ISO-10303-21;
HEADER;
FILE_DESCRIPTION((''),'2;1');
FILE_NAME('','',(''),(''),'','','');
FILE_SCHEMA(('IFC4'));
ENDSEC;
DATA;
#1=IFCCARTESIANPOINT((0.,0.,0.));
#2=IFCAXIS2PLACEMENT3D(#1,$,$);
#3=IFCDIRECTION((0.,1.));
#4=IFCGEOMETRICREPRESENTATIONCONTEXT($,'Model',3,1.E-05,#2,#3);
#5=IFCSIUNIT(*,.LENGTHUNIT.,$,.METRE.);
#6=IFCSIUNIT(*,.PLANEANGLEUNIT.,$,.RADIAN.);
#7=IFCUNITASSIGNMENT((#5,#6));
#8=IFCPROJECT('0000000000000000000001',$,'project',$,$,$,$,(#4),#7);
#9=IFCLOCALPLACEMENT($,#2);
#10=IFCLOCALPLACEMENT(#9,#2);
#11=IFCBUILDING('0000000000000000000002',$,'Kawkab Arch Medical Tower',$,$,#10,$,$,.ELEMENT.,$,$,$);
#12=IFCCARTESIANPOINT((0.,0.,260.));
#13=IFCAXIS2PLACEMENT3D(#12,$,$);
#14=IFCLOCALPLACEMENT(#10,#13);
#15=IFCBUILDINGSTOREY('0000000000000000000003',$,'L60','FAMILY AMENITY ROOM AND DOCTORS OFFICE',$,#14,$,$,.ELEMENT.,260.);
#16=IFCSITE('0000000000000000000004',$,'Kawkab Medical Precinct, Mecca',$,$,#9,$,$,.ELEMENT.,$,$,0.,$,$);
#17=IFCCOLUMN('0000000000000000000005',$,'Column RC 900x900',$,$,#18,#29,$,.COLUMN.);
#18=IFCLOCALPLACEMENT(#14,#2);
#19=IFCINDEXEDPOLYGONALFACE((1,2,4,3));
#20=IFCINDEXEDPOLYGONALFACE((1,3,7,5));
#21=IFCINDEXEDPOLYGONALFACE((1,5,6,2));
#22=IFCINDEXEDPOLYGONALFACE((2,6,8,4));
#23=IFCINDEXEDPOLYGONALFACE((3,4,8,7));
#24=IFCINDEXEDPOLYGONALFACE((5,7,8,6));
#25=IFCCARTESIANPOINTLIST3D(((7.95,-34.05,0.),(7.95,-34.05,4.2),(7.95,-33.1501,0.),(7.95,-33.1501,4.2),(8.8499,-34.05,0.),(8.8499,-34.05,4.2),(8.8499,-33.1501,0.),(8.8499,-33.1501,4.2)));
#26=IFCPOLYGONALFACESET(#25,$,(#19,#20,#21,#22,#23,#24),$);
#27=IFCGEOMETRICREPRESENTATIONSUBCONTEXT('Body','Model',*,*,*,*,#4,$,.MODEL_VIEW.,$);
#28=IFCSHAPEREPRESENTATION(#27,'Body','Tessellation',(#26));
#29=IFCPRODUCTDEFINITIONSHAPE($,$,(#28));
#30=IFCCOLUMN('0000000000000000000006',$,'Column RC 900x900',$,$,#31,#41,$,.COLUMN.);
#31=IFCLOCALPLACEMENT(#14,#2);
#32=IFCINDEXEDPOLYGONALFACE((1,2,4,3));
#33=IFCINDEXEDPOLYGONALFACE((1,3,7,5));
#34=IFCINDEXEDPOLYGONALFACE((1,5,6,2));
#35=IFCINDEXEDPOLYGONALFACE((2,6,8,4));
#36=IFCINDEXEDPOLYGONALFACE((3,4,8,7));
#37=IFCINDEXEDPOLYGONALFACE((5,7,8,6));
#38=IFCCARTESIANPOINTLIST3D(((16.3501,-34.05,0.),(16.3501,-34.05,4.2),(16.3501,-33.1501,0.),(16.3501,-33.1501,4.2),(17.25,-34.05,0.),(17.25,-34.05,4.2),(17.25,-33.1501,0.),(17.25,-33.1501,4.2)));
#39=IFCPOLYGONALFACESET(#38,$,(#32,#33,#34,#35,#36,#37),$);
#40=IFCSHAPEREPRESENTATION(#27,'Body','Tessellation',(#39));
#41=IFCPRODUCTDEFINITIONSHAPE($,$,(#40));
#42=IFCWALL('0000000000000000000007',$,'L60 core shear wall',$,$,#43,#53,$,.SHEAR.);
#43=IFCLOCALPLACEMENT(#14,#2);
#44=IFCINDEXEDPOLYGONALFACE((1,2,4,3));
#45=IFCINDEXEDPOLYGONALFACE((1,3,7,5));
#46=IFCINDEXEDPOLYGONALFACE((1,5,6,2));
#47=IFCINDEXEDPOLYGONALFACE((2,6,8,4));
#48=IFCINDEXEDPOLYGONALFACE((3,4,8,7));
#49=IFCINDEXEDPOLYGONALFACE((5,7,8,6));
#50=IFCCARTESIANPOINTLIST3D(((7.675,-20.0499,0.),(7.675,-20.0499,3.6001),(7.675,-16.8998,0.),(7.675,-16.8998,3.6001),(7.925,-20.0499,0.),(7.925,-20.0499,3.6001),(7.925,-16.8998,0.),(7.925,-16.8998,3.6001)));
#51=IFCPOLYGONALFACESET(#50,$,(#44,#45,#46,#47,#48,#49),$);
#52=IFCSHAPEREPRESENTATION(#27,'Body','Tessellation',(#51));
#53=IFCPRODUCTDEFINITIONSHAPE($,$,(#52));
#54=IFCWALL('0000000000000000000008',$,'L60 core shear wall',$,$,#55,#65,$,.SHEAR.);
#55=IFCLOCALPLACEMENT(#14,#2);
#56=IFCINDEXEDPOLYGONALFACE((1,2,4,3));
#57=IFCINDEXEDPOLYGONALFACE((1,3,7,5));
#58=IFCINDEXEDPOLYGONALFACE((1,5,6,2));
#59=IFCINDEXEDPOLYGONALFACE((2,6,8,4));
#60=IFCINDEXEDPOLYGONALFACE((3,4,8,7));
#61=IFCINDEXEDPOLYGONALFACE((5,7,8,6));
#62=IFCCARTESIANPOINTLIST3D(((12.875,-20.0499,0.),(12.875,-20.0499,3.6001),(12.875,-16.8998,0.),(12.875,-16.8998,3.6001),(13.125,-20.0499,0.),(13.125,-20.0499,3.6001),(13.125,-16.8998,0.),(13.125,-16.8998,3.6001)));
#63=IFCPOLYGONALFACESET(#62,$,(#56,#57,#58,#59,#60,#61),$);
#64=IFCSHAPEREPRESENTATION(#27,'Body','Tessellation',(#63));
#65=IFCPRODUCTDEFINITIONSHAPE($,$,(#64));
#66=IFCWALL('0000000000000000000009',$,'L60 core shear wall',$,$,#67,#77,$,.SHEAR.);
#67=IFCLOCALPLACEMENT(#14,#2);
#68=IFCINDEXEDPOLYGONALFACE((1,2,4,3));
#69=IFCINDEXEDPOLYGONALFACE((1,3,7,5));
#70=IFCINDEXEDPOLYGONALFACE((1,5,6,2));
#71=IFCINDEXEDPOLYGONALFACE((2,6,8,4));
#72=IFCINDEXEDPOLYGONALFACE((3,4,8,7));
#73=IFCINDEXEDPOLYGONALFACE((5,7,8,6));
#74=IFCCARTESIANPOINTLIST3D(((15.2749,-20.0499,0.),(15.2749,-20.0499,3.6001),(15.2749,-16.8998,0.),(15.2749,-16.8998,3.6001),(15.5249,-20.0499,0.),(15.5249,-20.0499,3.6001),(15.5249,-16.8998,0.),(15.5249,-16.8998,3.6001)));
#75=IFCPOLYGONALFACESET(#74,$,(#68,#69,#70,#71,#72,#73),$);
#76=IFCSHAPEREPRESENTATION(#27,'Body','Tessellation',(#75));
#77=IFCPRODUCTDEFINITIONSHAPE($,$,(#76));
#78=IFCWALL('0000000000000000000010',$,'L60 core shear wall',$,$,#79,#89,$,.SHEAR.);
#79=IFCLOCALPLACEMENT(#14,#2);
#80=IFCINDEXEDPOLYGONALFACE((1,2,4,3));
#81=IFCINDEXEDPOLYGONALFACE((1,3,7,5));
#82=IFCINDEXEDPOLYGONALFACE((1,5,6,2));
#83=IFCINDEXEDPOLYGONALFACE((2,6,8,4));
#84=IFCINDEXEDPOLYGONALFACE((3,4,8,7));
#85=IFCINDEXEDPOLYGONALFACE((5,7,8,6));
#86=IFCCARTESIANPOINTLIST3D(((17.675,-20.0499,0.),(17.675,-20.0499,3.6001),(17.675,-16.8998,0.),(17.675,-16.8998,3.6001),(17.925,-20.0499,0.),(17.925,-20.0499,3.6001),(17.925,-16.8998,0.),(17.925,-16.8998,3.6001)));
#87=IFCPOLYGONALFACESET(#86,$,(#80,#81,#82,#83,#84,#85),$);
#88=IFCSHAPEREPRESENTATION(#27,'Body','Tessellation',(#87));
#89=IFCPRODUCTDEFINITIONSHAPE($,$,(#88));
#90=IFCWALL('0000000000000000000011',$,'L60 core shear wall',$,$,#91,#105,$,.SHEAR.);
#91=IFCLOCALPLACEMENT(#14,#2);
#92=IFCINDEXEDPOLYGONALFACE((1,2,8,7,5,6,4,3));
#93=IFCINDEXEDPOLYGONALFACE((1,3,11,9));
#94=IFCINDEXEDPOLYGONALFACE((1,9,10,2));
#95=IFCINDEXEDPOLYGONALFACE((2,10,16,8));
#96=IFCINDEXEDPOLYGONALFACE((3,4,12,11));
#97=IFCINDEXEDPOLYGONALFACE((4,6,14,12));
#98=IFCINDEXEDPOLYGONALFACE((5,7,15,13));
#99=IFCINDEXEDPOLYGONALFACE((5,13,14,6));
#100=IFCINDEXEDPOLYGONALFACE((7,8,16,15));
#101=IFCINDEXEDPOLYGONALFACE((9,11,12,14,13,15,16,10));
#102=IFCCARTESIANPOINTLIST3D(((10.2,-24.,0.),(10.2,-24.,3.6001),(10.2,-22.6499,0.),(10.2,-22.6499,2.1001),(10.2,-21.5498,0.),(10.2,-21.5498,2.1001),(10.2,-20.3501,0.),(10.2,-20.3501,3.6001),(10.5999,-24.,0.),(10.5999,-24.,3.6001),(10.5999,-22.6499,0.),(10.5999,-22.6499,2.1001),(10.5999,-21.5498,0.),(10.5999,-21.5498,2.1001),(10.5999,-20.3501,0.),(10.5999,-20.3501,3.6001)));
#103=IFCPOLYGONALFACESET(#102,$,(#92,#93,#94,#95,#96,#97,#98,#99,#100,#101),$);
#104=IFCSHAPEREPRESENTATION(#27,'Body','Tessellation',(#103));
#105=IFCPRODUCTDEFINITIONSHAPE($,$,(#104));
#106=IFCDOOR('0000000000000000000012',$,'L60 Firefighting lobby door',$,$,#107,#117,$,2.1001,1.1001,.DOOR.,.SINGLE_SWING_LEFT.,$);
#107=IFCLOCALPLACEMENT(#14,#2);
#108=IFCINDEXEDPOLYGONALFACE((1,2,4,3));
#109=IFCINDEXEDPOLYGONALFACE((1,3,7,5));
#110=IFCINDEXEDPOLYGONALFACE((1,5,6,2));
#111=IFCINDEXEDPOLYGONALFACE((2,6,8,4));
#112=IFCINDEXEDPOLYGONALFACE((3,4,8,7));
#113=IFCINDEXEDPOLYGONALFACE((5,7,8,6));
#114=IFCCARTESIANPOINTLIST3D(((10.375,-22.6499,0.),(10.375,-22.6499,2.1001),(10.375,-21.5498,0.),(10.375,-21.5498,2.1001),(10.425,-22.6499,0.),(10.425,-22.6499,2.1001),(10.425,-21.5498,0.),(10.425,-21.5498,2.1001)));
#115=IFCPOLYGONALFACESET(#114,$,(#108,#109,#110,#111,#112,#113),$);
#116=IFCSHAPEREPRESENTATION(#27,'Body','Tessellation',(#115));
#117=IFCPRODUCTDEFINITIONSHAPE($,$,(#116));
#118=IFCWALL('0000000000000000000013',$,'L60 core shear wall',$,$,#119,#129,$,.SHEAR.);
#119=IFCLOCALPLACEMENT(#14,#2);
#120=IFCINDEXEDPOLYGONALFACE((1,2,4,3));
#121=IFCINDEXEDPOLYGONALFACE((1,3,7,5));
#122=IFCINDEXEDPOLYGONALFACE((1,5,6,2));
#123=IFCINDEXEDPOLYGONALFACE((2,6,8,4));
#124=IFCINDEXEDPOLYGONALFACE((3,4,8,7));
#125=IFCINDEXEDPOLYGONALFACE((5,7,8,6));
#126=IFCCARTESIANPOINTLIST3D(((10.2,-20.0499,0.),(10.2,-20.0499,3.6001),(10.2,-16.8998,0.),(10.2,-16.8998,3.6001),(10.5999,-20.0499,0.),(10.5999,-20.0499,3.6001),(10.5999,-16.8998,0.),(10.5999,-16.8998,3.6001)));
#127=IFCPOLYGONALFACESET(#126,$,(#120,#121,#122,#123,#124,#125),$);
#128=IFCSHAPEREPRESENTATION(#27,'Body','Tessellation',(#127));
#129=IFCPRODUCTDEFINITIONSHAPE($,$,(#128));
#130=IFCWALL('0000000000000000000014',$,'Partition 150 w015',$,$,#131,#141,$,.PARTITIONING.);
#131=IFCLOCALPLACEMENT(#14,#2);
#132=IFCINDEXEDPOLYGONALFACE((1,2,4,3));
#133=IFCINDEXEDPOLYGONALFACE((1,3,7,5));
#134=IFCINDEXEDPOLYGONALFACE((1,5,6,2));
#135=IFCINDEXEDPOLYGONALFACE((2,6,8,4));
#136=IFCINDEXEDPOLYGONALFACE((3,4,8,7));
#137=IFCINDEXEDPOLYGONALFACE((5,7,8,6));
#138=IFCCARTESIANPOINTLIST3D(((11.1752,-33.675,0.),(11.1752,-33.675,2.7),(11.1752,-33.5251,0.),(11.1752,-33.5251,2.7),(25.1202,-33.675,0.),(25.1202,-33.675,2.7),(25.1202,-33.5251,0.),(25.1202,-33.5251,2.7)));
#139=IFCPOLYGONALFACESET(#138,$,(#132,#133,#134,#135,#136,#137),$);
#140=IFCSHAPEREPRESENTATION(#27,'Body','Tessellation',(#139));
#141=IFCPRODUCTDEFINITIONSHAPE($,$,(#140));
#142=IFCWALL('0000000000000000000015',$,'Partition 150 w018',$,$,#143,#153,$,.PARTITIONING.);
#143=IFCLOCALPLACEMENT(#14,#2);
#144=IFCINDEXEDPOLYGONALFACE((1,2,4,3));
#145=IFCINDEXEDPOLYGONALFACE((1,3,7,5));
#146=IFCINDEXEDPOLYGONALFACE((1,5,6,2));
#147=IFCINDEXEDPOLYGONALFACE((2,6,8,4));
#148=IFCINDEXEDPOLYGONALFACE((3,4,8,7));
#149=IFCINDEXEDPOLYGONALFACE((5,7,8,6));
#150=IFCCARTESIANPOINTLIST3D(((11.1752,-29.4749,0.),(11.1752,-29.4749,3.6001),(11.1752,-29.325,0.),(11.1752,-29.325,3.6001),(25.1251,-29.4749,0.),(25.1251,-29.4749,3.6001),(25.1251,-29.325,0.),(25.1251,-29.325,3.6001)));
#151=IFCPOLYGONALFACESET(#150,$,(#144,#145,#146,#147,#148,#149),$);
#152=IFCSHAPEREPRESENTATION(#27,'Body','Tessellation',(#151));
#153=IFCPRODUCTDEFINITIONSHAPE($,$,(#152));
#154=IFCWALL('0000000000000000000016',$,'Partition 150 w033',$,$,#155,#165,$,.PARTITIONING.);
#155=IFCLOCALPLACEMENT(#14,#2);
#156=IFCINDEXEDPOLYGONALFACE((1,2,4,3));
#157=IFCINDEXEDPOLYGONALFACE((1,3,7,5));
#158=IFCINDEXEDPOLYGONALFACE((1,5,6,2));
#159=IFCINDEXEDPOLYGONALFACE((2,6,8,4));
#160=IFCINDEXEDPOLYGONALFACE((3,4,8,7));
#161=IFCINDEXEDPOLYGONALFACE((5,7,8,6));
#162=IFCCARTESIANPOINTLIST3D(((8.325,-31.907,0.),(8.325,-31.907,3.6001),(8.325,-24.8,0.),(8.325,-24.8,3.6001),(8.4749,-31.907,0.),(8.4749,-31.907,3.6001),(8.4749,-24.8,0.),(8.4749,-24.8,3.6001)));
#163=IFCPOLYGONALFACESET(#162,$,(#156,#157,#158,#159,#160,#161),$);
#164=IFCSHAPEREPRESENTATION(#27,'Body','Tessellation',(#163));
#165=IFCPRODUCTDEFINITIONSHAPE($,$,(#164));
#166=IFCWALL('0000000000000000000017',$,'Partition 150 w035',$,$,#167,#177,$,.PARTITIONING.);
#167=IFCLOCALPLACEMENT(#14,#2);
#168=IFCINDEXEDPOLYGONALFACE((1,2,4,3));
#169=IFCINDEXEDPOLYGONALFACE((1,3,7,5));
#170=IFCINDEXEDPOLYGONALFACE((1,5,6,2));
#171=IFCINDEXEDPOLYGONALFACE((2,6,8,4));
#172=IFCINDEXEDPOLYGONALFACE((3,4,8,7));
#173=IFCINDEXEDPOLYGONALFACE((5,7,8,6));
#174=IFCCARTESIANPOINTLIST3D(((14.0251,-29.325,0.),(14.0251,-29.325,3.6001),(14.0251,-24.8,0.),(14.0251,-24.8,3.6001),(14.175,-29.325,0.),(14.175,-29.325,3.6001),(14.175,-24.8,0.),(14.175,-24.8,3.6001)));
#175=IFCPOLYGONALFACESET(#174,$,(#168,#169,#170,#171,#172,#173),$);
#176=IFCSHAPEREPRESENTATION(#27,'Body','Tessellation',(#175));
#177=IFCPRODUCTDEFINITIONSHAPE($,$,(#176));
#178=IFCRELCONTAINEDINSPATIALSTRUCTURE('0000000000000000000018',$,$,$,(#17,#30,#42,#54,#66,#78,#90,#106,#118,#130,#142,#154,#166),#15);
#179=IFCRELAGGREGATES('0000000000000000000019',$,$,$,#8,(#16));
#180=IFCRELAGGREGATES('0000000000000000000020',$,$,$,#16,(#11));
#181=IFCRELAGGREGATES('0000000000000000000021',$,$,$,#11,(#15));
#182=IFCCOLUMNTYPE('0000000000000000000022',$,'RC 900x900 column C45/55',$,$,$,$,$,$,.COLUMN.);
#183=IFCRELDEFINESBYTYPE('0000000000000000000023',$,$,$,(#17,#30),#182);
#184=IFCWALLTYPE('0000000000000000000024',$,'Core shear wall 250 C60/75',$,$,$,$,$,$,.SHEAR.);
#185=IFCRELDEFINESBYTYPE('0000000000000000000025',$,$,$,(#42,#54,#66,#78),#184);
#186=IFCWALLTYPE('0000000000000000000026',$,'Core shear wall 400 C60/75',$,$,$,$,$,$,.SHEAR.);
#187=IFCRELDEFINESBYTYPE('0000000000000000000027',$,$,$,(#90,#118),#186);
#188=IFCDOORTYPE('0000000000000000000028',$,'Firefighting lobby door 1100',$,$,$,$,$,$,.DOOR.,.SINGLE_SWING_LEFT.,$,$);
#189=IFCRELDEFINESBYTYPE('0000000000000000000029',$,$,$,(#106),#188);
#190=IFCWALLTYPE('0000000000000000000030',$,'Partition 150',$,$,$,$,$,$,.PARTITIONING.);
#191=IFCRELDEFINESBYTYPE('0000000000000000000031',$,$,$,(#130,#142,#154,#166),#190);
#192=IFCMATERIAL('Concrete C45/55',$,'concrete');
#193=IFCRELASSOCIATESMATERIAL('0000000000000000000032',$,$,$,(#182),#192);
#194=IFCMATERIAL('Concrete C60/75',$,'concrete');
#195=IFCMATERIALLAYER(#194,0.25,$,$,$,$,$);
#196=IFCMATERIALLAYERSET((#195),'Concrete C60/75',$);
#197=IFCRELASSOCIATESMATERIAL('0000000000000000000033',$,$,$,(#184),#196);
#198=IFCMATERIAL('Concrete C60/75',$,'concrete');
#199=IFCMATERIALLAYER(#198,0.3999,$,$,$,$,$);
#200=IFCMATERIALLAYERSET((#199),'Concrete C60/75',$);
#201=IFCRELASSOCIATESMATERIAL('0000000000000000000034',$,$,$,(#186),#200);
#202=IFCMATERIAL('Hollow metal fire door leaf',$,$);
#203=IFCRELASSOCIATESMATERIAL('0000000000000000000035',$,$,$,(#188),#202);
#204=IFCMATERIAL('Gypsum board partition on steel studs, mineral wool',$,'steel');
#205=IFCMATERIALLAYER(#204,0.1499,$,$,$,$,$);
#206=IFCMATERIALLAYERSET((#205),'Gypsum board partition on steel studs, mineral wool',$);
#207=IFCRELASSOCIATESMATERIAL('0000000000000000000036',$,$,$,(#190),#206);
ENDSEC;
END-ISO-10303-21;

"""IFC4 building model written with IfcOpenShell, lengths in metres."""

from ifc_helpers import new_model, si_unit, direction, frame, frame_2d, origin, origin_2d, place, context, subcontext, project, spatial, rectangle, extrude, material, layer, layer_set, material_profile, profile_set, type_object, element, fill, save


model = new_model("IFC4")

# Units and contexts
model_context = context("Model", 3, precision=1e-05, world=origin(), true_north=direction((0.0, 1.0)))
body_context = subcontext(model_context, "Body", "Model", "MODEL_VIEW")
ifc_project = project(units=[si_unit("LENGTHUNIT", "METRE"), si_unit("PLANEANGLEUNIT", "RADIAN")], contexts=[model_context])

# Site, building, storey
site_placement = place(None, origin())
site = spatial("IfcSite", under=ifc_project, at=site_placement, Name="Kawkab Medical Precinct, Mecca", CompositionType="ELEMENT", RefElevation=0.0)
building_placement = place(site_placement, origin())
building = spatial("IfcBuilding", under=site, at=building_placement, Name="Kawkab Arch Medical Tower", CompositionType="ELEMENT")
storey_placement = place(building_placement, frame((0.0, 0.0, 260.0)))
storey = spatial("IfcBuildingStorey", under=building, at=storey_placement, Name="L60", Description="FAMILY AMENITY ROOM AND DOCTORS OFFICE", CompositionType="ELEMENT", Elevation=260.0)

# Columns
ifc_material_1 = material(Name="Concrete C45/55", Category="concrete")
ifc_material_profile = material_profile(ifc_material_1, rectangle(XDim=0.8999, YDim=0.8999, at=origin_2d()), Name="RC 900x900")
ifc_profile_set = profile_set([ifc_material_profile], Name="Concrete C45/55")
column_type = type_object("IfcColumnType", Name="RC 900x900 column C45/55", PredefinedType="COLUMN", material=ifc_profile_set)
for number, where, z_axis, x_axis, name in (
    (1, (8.3999, -33.6001, 0.0), (0.0, 0.0, 1.0), (1.0, 0.0, 0.0), "Column RC 900x900"),
    (2, (16.8, -33.6001, 0.0), (0.0, 0.0, 1.0), (1.0, 0.0, 0.0), "Column RC 900x900"),
):
    element("IfcColumn", number, at=place(storey_placement, frame(where, z_axis=z_axis, x_axis=x_axis)), inside=storey, type_object=column_type, Name=name, PredefinedType="COLUMN", context=body_context, shape_type="SweptSolid", body=[
        extrude(rectangle(XDim=0.8999, YDim=0.8999, at=origin_2d()), origin(), (0.0, 0.0, 1.0), 4.2),
    ])

# Walls
ifc_material_2 = material(Name="Concrete C60/75", Category="concrete")
ifc_layer_1 = layer(ifc_material_2, 0.25)
ifc_layer_set_1 = layer_set([ifc_layer_1], Name="Concrete C60/75")
wall_type_1 = type_object("IfcWallType", Name="Core shear wall 250 C60/75", PredefinedType="SHEAR", material=ifc_layer_set_1)
for number, where, z_axis, x_axis, name in (
    (3, (7.8, -20.05, 0.0), (0.0, 0.0, 1.0), (0.0, 1.0, 0.0), "L60 core shear wall"),
    (4, (13.0, -20.05, 0.0), (0.0, 0.0, 1.0), (0.0, 1.0, 0.0), "L60 core shear wall"),
    (5, (15.3999, -20.05, 0.0), (0.0, 0.0, 1.0), (0.0, 1.0, 0.0), "L60 core shear wall"),
    (6, (17.8, -20.05, 0.0), (0.0, 0.0, 1.0), (0.0, 1.0, 0.0), "L60 core shear wall"),
):
    element("IfcWall", number, at=place(storey_placement, frame(where, z_axis=z_axis, x_axis=x_axis)), inside=storey, type_object=wall_type_1, Name=name, PredefinedType="SHEAR", context=body_context, shape_type="SweptSolid", body=[
        extrude(rectangle(XDim=3.1501, YDim=0.25, at=frame_2d((1.5752, 0.0))), origin(), (0.0, 0.0, 1.0), 3.6001),
    ])

# Wall, opening, door
ifc_material_3 = material(Name="Concrete C60/75", Category="concrete")
ifc_layer_2 = layer(ifc_material_3, 0.3999)
ifc_layer_set_2 = layer_set([ifc_layer_2], Name="Concrete C60/75")
wall_type_2 = type_object("IfcWallType", Name="Core shear wall 400 C60/75", PredefinedType="SHEAR", material=ifc_layer_set_2)
wall_1_placement = place(storey_placement, frame((10.3999, -24.0, 0.0), z_axis=(0.0, 0.0, 1.0), x_axis=(0.0, 1.0, 0.0)))
wall_1 = element("IfcWall", 7, at=wall_1_placement, inside=storey, type_object=wall_type_2, Name="L60 core shear wall", PredefinedType="SHEAR", context=body_context, shape_type="SweptSolid", body=[
    extrude(rectangle(XDim=3.6499, YDim=0.3999, at=frame_2d((1.825, 0.0))), origin(), (0.0, 0.0, 1.0), 3.6001),
])
opening_placement = place(wall_1_placement, frame((1.3501, 0.0, 0.0)))
opening = element("IfcOpeningElement", 8, at=opening_placement, cuts=wall_1, PredefinedType="OPENING", context=body_context, shape_type="SweptSolid", body=[
    extrude(rectangle(XDim=1.1001, YDim=2.1001, at=frame_2d((0.55, 1.05))), frame((0.0, 0.21, 0.0), z_axis=(0.0, -1.0, 0.0), x_axis=(1.0, 0.0, 0.0)), (0.0, 0.0, 1.0), 0.4199),
])
ifc_material_4 = material(Name="Hollow metal fire door leaf")
door_type = type_object("IfcDoorType", Name="Firefighting lobby door 1100", OperationType="SINGLE_SWING_LEFT", PredefinedType="DOOR", material=ifc_material_4)
door_placement = place(opening_placement, origin())
door = element("IfcDoor", 9, at=door_placement, inside=storey, type_object=door_type, Name="L60 Firefighting lobby door", OperationType="SINGLE_SWING_LEFT", OverallHeight=2.1001, OverallWidth=1.1001, PredefinedType="DOOR", context=body_context, shape_type="SweptSolid", body=[
    extrude(rectangle(XDim=1.1001, YDim=2.1001, at=frame_2d((0.55, 1.05))), frame((0.0, 0.0249, 0.0), z_axis=(0.0, -1.0, 0.0), x_axis=(1.0, 0.0, 0.0)), (0.0, 0.0, 1.0), 0.05),
])
fill(opening, door)

# Walls
wall_2_placement = place(storey_placement, frame((10.3999, -20.05, 0.0), z_axis=(0.0, 0.0, 1.0), x_axis=(0.0, 1.0, 0.0)))
element("IfcWall", 10, at=wall_2_placement, inside=storey, type_object=wall_type_2, Name="L60 core shear wall", PredefinedType="SHEAR", context=body_context, shape_type="SweptSolid", body=[
    extrude(rectangle(XDim=3.1501, YDim=0.3999, at=frame_2d((1.5752, 0.0))), origin(), (0.0, 0.0, 1.0), 3.6001),
])
ifc_material_5 = material(Name="Gypsum board partition on steel studs, mineral wool", Category="steel")
ifc_layer_3 = layer(ifc_material_5, 0.1499)
ifc_layer_set_3 = layer_set([ifc_layer_3], Name="Gypsum board partition on steel studs, mineral wool")
wall_type_3 = type_object("IfcWallType", Name="Partition 150", PredefinedType="PARTITIONING", material=ifc_layer_set_3)
wall_3_placement = place(storey_placement, frame((11.175, -33.6001, 0.0), z_axis=(0.0, 0.0, 1.0), x_axis=(1.0, 0.0, 0.0)))
element("IfcWall", 11, at=wall_3_placement, inside=storey, type_object=wall_type_3, Name="Partition 150 w015", PredefinedType="PARTITIONING", context=body_context, shape_type="SweptSolid", body=[
    extrude(rectangle(XDim=13.9451, YDim=0.1499, at=frame_2d((6.9727, 0.0))), origin(), (0.0, 0.0, 1.0), 2.7),
])
wall_4_placement = place(storey_placement, frame((11.175, -29.3999, 0.0), z_axis=(0.0, 0.0, 1.0), x_axis=(1.0, 0.0, 0.0)))
element("IfcWall", 12, at=wall_4_placement, inside=storey, type_object=wall_type_3, Name="Partition 150 w018", PredefinedType="PARTITIONING", context=body_context, shape_type="SweptSolid", body=[
    extrude(rectangle(XDim=13.95, YDim=0.1499, at=frame_2d((6.9751, 0.0))), origin(), (0.0, 0.0, 1.0), 3.6001),
])
wall_5_placement = place(storey_placement, frame((8.3999, -31.907, 0.0), z_axis=(0.0, 0.0, 1.0), x_axis=(0.0, 1.0, 0.0)))
element("IfcWall", 13, at=wall_5_placement, inside=storey, type_object=wall_type_3, Name="Partition 150 w033", PredefinedType="PARTITIONING", context=body_context, shape_type="SweptSolid", body=[
    extrude(rectangle(XDim=7.1069, YDim=0.1499, at=frame_2d((3.5535, 0.0))), origin(), (0.0, 0.0, 1.0), 3.6001),
])
wall_6_placement = place(storey_placement, frame((14.1001, -29.325, 0.0), z_axis=(0.0, 0.0, 1.0), x_axis=(0.0, 1.0, 0.0)))
element("IfcWall", 14, at=wall_6_placement, inside=storey, type_object=wall_type_3, Name="Partition 150 w035", PredefinedType="PARTITIONING", context=body_context, shape_type="SweptSolid", body=[
    extrude(rectangle(XDim=4.5249, YDim=0.1499, at=frame_2d((2.2625, 0.0))), origin(), (0.0, 0.0, 1.0), 3.6001),
])

save(model, "model.ifc")
